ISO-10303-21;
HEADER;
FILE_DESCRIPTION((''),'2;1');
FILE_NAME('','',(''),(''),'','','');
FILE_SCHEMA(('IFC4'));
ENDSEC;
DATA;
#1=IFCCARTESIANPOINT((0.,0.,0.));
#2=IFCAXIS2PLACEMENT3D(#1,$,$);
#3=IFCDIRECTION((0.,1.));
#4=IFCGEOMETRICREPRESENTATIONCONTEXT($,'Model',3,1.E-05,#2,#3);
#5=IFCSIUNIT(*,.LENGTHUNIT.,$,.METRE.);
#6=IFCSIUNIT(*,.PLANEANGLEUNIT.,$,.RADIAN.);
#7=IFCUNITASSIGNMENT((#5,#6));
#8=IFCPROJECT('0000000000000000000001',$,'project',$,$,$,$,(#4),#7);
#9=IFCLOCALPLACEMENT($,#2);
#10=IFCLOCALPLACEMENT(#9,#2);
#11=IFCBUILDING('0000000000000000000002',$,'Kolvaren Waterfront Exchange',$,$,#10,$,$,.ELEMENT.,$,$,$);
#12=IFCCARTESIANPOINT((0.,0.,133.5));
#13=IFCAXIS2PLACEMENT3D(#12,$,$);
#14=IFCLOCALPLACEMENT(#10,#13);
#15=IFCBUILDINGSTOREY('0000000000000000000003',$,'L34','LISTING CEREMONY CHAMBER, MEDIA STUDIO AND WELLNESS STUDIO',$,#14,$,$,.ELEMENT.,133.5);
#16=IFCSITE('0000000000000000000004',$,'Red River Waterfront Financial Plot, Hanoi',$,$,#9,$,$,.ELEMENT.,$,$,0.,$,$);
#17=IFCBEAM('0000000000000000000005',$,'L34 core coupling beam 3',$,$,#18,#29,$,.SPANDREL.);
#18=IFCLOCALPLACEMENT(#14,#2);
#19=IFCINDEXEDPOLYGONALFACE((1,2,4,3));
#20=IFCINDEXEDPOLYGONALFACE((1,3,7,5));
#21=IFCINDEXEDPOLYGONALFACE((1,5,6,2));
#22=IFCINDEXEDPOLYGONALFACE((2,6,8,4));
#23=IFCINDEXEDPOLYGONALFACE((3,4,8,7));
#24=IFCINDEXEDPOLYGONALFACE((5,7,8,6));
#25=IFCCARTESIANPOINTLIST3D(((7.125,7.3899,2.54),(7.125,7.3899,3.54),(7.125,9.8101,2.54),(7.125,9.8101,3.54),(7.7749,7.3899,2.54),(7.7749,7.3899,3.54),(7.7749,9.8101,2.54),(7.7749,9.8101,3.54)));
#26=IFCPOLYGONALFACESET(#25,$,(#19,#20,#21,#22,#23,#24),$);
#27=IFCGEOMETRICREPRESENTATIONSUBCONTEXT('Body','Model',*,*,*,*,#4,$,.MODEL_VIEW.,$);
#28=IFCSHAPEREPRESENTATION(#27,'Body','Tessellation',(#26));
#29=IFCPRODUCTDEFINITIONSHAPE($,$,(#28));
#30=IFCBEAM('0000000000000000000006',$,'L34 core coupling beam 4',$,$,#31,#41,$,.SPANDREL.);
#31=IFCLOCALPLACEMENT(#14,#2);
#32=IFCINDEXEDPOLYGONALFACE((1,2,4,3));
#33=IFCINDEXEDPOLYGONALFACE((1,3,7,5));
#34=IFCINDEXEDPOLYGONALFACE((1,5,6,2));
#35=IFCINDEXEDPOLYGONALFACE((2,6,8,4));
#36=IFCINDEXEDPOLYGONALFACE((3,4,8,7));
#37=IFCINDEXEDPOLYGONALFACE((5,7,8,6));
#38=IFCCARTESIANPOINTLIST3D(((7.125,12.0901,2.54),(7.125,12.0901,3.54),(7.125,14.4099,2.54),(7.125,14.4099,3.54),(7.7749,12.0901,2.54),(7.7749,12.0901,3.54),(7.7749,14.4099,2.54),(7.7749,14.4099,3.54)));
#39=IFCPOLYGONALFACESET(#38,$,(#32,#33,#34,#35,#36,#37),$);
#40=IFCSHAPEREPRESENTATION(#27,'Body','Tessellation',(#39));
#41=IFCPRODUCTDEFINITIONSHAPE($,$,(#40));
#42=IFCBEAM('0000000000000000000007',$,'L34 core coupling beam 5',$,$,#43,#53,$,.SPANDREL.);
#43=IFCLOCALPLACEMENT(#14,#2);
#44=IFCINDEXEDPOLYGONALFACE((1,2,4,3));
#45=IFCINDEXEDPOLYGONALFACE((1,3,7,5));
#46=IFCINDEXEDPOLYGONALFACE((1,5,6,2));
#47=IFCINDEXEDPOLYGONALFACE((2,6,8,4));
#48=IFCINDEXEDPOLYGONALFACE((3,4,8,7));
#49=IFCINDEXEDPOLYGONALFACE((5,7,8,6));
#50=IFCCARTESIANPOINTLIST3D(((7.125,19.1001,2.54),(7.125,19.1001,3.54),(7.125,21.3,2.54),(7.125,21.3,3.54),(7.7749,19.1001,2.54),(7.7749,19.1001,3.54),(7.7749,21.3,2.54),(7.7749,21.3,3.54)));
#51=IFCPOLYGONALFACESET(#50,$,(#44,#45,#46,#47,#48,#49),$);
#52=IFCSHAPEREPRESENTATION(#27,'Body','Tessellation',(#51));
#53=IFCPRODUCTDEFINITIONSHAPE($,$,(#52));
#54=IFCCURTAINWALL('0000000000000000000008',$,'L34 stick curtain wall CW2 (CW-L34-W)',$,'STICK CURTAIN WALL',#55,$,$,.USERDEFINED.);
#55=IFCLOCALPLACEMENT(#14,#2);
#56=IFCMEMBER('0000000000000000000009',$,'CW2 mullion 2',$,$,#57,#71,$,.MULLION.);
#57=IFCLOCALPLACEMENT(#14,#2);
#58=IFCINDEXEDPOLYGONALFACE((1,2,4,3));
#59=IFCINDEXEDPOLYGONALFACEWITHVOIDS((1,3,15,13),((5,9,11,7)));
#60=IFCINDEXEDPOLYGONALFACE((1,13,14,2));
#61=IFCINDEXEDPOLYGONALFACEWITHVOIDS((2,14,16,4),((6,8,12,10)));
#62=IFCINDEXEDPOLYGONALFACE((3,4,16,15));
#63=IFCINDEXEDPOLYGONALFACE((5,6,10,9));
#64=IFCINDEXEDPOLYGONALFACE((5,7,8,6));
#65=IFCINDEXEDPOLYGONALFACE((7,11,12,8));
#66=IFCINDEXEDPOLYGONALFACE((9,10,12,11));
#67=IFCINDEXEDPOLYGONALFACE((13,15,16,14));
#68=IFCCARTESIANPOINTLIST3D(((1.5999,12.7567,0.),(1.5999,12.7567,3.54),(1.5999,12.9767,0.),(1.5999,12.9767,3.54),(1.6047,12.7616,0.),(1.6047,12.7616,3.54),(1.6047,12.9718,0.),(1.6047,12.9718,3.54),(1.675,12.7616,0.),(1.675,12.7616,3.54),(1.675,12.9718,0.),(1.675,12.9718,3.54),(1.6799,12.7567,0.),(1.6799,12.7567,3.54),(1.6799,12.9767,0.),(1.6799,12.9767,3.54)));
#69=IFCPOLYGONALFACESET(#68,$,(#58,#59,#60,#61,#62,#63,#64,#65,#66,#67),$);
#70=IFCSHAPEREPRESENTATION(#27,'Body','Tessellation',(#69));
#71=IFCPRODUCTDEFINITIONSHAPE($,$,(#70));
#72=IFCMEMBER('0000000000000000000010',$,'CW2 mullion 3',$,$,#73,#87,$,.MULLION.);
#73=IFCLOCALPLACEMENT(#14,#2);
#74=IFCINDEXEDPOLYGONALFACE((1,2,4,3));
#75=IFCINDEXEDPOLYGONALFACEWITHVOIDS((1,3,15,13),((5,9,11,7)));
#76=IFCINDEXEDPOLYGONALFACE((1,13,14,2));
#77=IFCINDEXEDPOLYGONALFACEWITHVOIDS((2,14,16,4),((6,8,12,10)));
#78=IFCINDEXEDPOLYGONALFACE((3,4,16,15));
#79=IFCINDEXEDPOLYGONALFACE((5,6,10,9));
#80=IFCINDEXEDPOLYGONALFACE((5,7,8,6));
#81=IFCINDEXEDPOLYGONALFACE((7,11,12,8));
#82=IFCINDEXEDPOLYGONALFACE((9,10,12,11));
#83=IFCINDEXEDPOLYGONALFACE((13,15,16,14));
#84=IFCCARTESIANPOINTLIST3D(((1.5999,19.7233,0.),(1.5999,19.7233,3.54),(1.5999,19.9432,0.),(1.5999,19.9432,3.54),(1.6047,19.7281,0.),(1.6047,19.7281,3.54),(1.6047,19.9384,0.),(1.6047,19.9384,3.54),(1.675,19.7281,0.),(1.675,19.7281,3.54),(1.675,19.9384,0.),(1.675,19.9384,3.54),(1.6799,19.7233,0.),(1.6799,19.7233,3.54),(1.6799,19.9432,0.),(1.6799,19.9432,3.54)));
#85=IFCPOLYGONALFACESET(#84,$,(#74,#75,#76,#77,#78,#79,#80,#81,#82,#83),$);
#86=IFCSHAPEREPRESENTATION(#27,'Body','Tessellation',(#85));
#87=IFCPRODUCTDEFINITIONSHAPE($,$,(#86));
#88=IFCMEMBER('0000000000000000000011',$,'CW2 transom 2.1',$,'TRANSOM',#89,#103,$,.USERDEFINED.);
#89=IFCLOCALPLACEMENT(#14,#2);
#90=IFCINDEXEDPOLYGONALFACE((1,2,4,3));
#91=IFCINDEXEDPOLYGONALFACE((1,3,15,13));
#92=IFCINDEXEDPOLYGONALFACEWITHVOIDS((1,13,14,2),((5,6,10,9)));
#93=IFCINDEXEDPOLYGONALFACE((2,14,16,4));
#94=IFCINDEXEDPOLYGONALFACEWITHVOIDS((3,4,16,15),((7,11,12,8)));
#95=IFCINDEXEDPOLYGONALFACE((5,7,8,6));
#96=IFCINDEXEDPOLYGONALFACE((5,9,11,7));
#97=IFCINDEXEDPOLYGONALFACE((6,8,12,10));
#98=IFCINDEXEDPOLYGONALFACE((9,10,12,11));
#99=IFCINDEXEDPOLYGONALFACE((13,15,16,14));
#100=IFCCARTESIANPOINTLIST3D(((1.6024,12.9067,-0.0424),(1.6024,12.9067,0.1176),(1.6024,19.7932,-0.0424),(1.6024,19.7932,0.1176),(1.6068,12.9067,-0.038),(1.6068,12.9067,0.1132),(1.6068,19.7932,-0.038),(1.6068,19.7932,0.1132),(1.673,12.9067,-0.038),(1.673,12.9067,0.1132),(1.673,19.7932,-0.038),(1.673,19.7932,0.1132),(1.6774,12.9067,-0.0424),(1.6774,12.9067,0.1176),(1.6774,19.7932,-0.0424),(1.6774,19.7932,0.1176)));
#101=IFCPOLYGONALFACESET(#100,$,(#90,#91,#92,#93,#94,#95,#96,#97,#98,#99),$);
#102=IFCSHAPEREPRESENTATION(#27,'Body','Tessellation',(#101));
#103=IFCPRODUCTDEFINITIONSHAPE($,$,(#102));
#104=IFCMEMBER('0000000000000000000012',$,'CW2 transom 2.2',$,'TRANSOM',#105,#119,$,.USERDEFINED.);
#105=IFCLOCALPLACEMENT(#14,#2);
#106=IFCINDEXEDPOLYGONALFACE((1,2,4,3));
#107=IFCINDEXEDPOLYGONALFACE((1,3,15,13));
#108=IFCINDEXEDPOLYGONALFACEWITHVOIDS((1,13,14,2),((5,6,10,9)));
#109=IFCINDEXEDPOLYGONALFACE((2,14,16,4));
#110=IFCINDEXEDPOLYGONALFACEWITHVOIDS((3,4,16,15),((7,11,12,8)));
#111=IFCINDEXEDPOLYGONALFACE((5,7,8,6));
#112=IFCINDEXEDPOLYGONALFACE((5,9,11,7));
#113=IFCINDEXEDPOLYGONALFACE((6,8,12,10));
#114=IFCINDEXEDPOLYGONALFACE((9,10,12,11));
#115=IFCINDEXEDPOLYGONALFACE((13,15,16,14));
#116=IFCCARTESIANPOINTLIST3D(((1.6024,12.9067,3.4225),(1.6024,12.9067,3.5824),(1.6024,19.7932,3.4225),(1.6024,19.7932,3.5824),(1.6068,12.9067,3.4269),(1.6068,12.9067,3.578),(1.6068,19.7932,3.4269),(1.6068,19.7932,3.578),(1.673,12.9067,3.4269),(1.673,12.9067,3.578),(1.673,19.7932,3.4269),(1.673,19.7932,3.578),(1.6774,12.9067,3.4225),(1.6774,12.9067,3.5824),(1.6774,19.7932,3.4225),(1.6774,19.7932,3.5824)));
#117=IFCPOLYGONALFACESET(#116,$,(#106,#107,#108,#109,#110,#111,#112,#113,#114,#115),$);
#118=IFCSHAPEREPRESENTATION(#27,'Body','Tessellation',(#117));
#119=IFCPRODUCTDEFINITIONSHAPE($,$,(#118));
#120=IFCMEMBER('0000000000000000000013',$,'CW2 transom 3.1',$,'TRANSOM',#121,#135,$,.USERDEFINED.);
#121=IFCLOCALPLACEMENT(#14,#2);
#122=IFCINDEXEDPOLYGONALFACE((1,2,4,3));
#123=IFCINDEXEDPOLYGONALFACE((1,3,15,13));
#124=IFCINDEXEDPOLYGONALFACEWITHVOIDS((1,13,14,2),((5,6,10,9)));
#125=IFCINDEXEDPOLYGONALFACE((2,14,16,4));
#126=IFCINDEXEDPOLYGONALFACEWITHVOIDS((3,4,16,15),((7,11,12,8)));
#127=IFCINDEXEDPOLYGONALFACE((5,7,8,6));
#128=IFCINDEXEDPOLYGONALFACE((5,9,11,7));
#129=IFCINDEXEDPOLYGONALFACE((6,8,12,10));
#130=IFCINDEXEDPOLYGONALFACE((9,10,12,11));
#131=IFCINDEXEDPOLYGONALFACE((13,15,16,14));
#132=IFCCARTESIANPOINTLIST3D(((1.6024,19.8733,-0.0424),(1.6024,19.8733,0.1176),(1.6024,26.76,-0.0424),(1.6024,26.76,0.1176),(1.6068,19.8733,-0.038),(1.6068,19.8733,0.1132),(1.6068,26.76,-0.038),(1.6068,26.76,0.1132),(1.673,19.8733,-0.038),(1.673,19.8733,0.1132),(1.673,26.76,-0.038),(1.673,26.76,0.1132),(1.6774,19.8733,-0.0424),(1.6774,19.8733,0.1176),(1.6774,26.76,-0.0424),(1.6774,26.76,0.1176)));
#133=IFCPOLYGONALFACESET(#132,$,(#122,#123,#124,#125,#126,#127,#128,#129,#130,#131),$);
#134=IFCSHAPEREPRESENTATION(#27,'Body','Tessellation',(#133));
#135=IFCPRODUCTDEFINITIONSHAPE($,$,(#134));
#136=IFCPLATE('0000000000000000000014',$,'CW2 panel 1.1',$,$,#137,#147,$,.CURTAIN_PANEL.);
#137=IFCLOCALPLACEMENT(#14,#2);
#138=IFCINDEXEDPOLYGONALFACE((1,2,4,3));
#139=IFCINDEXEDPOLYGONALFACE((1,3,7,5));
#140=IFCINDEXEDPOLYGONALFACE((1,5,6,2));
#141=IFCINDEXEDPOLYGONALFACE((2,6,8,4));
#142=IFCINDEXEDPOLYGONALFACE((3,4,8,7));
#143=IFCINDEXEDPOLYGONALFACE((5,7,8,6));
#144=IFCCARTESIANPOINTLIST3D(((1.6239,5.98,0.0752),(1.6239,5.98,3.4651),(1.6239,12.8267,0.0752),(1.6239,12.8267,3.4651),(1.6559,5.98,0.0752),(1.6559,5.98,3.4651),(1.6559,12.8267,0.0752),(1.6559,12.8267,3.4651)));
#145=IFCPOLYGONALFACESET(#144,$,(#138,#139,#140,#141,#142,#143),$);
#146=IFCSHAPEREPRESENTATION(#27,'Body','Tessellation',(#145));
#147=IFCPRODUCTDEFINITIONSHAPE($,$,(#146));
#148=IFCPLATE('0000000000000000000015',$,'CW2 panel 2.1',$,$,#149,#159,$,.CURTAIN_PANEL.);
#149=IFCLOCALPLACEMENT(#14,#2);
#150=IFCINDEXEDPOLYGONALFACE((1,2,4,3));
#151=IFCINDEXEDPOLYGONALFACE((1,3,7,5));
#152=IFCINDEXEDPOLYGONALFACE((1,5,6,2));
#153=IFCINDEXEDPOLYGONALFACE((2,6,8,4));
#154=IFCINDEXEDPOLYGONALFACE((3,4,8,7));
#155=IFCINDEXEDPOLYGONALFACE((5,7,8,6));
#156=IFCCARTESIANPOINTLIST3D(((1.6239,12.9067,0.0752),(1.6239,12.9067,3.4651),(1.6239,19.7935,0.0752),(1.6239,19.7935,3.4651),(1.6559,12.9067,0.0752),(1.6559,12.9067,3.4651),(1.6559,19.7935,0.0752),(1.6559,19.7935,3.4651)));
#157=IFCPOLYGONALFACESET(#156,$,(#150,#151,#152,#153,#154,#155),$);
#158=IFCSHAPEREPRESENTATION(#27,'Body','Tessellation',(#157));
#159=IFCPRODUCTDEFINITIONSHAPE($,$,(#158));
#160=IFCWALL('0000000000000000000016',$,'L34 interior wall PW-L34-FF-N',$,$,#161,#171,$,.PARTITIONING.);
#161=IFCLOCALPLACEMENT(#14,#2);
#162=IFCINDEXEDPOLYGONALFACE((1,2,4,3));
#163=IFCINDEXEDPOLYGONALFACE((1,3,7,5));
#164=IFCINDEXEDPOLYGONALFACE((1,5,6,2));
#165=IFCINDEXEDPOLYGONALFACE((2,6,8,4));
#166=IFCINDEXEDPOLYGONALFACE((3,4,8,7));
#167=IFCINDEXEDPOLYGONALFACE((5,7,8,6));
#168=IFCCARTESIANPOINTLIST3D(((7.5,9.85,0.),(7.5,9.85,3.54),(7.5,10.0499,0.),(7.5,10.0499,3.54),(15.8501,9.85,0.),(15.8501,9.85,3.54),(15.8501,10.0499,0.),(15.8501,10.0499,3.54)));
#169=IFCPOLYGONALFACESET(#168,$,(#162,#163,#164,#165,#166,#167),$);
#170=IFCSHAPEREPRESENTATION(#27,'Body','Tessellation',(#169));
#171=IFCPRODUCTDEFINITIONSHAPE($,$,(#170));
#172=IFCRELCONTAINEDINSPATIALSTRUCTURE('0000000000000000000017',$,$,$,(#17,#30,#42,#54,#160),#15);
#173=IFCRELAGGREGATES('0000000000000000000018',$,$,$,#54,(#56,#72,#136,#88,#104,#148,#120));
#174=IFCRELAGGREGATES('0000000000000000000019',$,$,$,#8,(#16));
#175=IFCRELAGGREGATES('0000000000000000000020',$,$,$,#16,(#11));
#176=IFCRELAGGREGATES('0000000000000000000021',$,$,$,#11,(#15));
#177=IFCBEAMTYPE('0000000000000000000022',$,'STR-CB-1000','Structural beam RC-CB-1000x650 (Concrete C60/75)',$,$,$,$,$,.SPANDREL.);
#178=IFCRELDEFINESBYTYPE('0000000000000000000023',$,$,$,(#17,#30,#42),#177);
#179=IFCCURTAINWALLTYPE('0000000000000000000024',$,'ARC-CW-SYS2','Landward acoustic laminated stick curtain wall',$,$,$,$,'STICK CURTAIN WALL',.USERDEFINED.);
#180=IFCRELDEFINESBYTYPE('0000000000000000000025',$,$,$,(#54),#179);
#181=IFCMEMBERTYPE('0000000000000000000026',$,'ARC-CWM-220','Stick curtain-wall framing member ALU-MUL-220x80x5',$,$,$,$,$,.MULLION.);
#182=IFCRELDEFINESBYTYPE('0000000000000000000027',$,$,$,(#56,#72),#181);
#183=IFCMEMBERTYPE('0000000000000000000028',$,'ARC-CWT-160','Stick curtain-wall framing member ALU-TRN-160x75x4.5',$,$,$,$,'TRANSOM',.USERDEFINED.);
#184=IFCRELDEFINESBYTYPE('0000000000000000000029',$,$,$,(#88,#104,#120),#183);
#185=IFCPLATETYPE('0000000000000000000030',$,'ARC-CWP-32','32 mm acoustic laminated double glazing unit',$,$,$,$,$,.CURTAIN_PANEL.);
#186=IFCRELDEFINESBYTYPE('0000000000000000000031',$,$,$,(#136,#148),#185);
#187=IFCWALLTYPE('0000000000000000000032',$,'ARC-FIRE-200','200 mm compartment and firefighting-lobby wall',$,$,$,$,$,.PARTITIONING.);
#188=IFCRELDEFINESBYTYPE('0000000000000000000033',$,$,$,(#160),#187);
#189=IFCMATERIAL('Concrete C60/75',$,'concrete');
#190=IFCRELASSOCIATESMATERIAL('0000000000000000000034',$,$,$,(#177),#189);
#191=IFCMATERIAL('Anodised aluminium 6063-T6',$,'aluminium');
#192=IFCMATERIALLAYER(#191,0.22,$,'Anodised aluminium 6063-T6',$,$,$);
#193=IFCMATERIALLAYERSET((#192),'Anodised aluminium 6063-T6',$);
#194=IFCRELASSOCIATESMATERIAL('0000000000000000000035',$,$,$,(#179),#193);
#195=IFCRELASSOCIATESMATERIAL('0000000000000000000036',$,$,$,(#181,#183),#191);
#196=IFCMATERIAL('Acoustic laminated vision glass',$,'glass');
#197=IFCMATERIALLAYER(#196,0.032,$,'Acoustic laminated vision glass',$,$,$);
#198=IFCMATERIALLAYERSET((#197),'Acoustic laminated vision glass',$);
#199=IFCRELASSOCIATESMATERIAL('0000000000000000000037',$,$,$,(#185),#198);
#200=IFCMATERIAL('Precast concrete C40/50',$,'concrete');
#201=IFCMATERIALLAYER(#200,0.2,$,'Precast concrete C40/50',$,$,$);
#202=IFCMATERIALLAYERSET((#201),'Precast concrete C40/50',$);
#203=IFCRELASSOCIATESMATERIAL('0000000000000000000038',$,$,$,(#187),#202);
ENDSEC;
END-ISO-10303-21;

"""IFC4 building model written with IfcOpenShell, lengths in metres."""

from ifc_helpers import new_model, si_unit, direction, frame, frame_2d, origin, origin_with_axes, origin_2d, place, context, subcontext, project, spatial, rectangle, hollow_rectangle, extrude, source, transform, mapped, material, layer, layer_set, material_profile, profile_set, type_object, element, aggregate, save


model = new_model("IFC4")

# Units and contexts
model_context = context("Model", 3, precision=1e-05, world=origin(), true_north=direction((0.0, 1.0)))
body_context = subcontext(model_context, "Body", "Model", "MODEL_VIEW")
ifc_project = project(units=[si_unit("LENGTHUNIT", "METRE"), si_unit("PLANEANGLEUNIT", "RADIAN")], contexts=[model_context])

# Site, building, storey
site_placement = place(None, origin())
site = spatial("IfcSite", under=ifc_project, at=site_placement, Name="Red River Waterfront Financial Plot, Hanoi", CompositionType="ELEMENT", RefElevation=0.0)
building_placement = place(site_placement, origin())
building = spatial("IfcBuilding", under=site, at=building_placement, Name="Kolvaren Waterfront Exchange", CompositionType="ELEMENT")
storey_placement = place(building_placement, frame((0.0, 0.0, 133.5)))
storey = spatial("IfcBuildingStorey", under=building, at=storey_placement, Name="L34", Description="LISTING CEREMONY CHAMBER, MEDIA STUDIO AND WELLNESS STUDIO", CompositionType="ELEMENT", Elevation=133.5)

# Beams
ifc_material_1 = material(Name="Concrete C60/75", Category="concrete")
ifc_material_profile_1 = material_profile(ifc_material_1, rectangle(XDim=0.6499, YDim=1.0, at=origin_2d()), Name="RC-CB-1000x650")
ifc_profile_set_1 = profile_set([ifc_material_profile_1], Name="Concrete C60/75")
beam_type = type_object("IfcBeamType", Name="STR-CB-1000", Description="Structural beam RC-CB-1000x650 (Concrete C60/75)", PredefinedType="SPANDREL", material=ifc_profile_set_1)
beam_1_placement = place(storey_placement, frame((7.45, 7.3899, 3.04), z_axis=(0.0, 1.0, 0.0), x_axis=(-1.0, 0.0, 0.0)))
element("IfcBeam", 1, at=beam_1_placement, inside=storey, type_object=beam_type, Name="L34 core coupling beam 3", PredefinedType="SPANDREL", context=body_context, shape_type="SweptSolid", body=[
    extrude(rectangle(XDim=0.6499, YDim=1.0, at=origin_2d()), origin(), (0.0, 0.0, 1.0), 2.4202),
])
beam_2_placement = place(storey_placement, frame((7.45, 12.0901, 3.04), z_axis=(0.0, 1.0, 0.0), x_axis=(-1.0, 0.0, 0.0)))
element("IfcBeam", 2, at=beam_2_placement, inside=storey, type_object=beam_type, Name="L34 core coupling beam 4", PredefinedType="SPANDREL", context=body_context, shape_type="SweptSolid", body=[
    extrude(rectangle(XDim=0.6499, YDim=1.0, at=origin_2d()), origin(), (0.0, 0.0, 1.0), 2.3198),
])
beam_3_placement = place(storey_placement, frame((7.45, 19.1001, 3.04), z_axis=(0.0, 1.0, 0.0), x_axis=(-1.0, 0.0, 0.0)))
element("IfcBeam", 3, at=beam_3_placement, inside=storey, type_object=beam_type, Name="L34 core coupling beam 5", PredefinedType="SPANDREL", context=body_context, shape_type="SweptSolid", body=[
    extrude(rectangle(XDim=0.6499, YDim=1.0, at=origin_2d()), origin(), (0.0, 0.0, 1.0), 2.2),
])

# Curtain wall, members, plates
ifc_material_2 = material(Name="Anodised aluminium 6063-T6", Category="aluminium")
ifc_layer_1 = layer(ifc_material_2, 0.22, Name="Anodised aluminium 6063-T6")
ifc_layer_set_1 = layer_set([ifc_layer_1], Name="Anodised aluminium 6063-T6")
curtain_wall_type = type_object("IfcCurtainWallType", Name="ARC-CW-SYS2", Description="Landward acoustic laminated stick curtain wall", ElementType="STICK CURTAIN WALL", PredefinedType="USERDEFINED", material=ifc_layer_set_1)
curtain_wall_placement = place(storey_placement, origin())
curtain_wall = element("IfcCurtainWall", 4, at=curtain_wall_placement, inside=storey, type_object=curtain_wall_type, Name="L34 stick curtain wall CW2 (CW-L34-W)", ObjectType="STICK CURTAIN WALL", PredefinedType="USERDEFINED")
ifc_material_profile_2 = material_profile(ifc_material_2, hollow_rectangle(XDim=0.0801, YDim=0.22, WallThickness=0.0049, at=origin_2d()), Name="ALU-MUL-220x80x5")
ifc_profile_set_2 = profile_set([ifc_material_profile_2], Name="Anodised aluminium 6063-T6")
member_type_1 = type_object("IfcMemberType", Name="ARC-CWM-220", Description="Stick curtain-wall framing member ALU-MUL-220x80x5", PredefinedType="MULLION", material=ifc_profile_set_2)
shared_shape_1 = source(origin_with_axes(), body_context, "Body", "SweptSolid", [
    extrude(hollow_rectangle(XDim=0.0801, YDim=0.22, WallThickness=0.0049, at=origin_2d()), origin(), (0.0, 0.0, 1.0), 3.54),
])
member_1_placement = place(storey_placement, frame((1.6399, 12.8667, 0.0), z_axis=(0.0, 0.0, 1.0), x_axis=(-1.0, 0.0, 0.0)))
member_1 = element("IfcMember", 5, at=member_1_placement, type_object=member_type_1, Name="CW2 mullion 2", PredefinedType="MULLION", context=body_context, shape_type="MappedRepresentation", body=[
    mapped(shared_shape_1, transform((0.0, 0.0, 0.0), x_axis=(1.0, 0.0, 0.0), y_axis=(0.0, 1.0, 0.0), z_axis=(0.0, 0.0, 1.0), scale=1.0)),
])
member_2_placement = place(storey_placement, frame((1.6399, 19.8333, 0.0), z_axis=(0.0, 0.0, 1.0), x_axis=(-1.0, 0.0, 0.0)))
member_2 = element("IfcMember", 6, at=member_2_placement, type_object=member_type_1, Name="CW2 mullion 3", PredefinedType="MULLION", context=body_context, shape_type="MappedRepresentation", body=[
    mapped(shared_shape_1, transform((0.0, 0.0, 0.0), x_axis=(1.0, 0.0, 0.0), y_axis=(0.0, 1.0, 0.0), z_axis=(0.0, 0.0, 1.0), scale=1.0)),
])
ifc_material_profile_3 = material_profile(ifc_material_2, hollow_rectangle(XDim=0.075, YDim=0.1599, WallThickness=0.0044, at=origin_2d()), Name="ALU-TRN-160x75x4.5")
ifc_profile_set_3 = profile_set([ifc_material_profile_3], Name="Anodised aluminium 6063-T6")
member_type_2 = type_object("IfcMemberType", Name="ARC-CWT-160", Description="Stick curtain-wall framing member ALU-TRN-160x75x4.5", ElementType="TRANSOM", PredefinedType="USERDEFINED", material=ifc_profile_set_3)
shared_shape_2 = source(origin_with_axes(), body_context, "Body", "SweptSolid", [
    extrude(hollow_rectangle(XDim=0.075, YDim=0.1599, WallThickness=0.0044, at=origin_2d()), origin(), (0.0, 0.0, 1.0), 6.8865),
])
member_3_placement = place(storey_placement, frame((1.6399, 12.9067, 0.0376), z_axis=(0.0, 1.0, 0.0), x_axis=(-1.0, 0.0, 0.0)))
member_3 = element("IfcMember", 7, at=member_3_placement, type_object=member_type_2, Name="CW2 transom 2.1", ObjectType="TRANSOM", PredefinedType="USERDEFINED", context=body_context, shape_type="MappedRepresentation", body=[
    mapped(shared_shape_2, transform((0.0, 0.0, 0.0), x_axis=(1.0, 0.0, 0.0), y_axis=(0.0, 1.0, 0.0), z_axis=(0.0, 0.0, 1.0), scale=1.0)),
])
member_4_placement = place(storey_placement, frame((1.6399, 12.9067, 3.5024), z_axis=(0.0, 1.0, 0.0), x_axis=(-1.0, 0.0, 0.0)))
member_4 = element("IfcMember", 8, at=member_4_placement, type_object=member_type_2, Name="CW2 transom 2.2", ObjectType="TRANSOM", PredefinedType="USERDEFINED", context=body_context, shape_type="MappedRepresentation", body=[
    mapped(shared_shape_2, transform((0.0, 0.0, 0.0), x_axis=(1.0, 0.0, 0.0), y_axis=(0.0, 1.0, 0.0), z_axis=(0.0, 0.0, 1.0), scale=1.0)),
])
shared_shape_3 = source(origin_with_axes(), body_context, "Body", "SweptSolid", [
    extrude(hollow_rectangle(XDim=0.075, YDim=0.1599, WallThickness=0.0044, at=origin_2d()), origin(), (0.0, 0.0, 1.0), 6.8867),
])
member_5_placement = place(storey_placement, frame((1.6399, 19.8733, 0.0376), z_axis=(0.0, 1.0, 0.0), x_axis=(-1.0, 0.0, 0.0)))
member_5 = element("IfcMember", 9, at=member_5_placement, type_object=member_type_2, Name="CW2 transom 3.1", ObjectType="TRANSOM", PredefinedType="USERDEFINED", context=body_context, shape_type="MappedRepresentation", body=[
    mapped(shared_shape_3, transform((0.0, 0.0, 0.0), x_axis=(1.0, 0.0, 0.0), y_axis=(0.0, 1.0, 0.0), z_axis=(0.0, 0.0, 1.0), scale=1.0)),
])
ifc_material_3 = material(Name="Acoustic laminated vision glass", Category="glass")
ifc_layer_2 = layer(ifc_material_3, 0.032, Name="Acoustic laminated vision glass")
ifc_layer_set_2 = layer_set([ifc_layer_2], Name="Acoustic laminated vision glass")
plate_type = type_object("IfcPlateType", Name="ARC-CWP-32", Description="32 mm acoustic laminated double glazing unit", PredefinedType="CURTAIN_PANEL", material=ifc_layer_set_2)
shared_shape_4 = source(origin_with_axes(), body_context, "Body", "SweptSolid", [
    extrude(rectangle(XDim=6.8467, YDim=0.032, at=origin_2d()), origin(), (0.0, 0.0, 1.0), 3.3899),
])
plate_1_placement = place(storey_placement, frame((1.6399, 9.4033, 0.0752), z_axis=(0.0, 0.0, 1.0), x_axis=(0.0, 1.0, 0.0)))
plate_1 = element("IfcPlate", 10, at=plate_1_placement, type_object=plate_type, Name="CW2 panel 1.1", PredefinedType="CURTAIN_PANEL", context=body_context, shape_type="MappedRepresentation", body=[
    mapped(shared_shape_4, transform((0.0, 0.0, 0.0), x_axis=(1.0, 0.0, 0.0), y_axis=(0.0, 1.0, 0.0), z_axis=(0.0, 0.0, 1.0), scale=1.0)),
])
shared_shape_5 = source(origin_with_axes(), body_context, "Body", "SweptSolid", [
    extrude(rectangle(XDim=6.8867, YDim=0.032, at=origin_2d()), origin(), (0.0, 0.0, 1.0), 3.3899),
])
plate_2_placement = place(storey_placement, frame((1.6399, 16.3501, 0.0752), z_axis=(0.0, 0.0, 1.0), x_axis=(0.0, 1.0, 0.0)))
plate_2 = element("IfcPlate", 11, at=plate_2_placement, type_object=plate_type, Name="CW2 panel 2.1", PredefinedType="CURTAIN_PANEL", context=body_context, shape_type="MappedRepresentation", body=[
    mapped(shared_shape_5, transform((0.0, 0.0, 0.0), x_axis=(1.0, 0.0, 0.0), y_axis=(0.0, 1.0, 0.0), z_axis=(0.0, 0.0, 1.0), scale=1.0)),
])
aggregate(curtain_wall, [member_1, member_2, plate_1, member_3, member_4, plate_2, member_5])

# Wall
ifc_material_4 = material(Name="Precast concrete C40/50", Category="concrete")
ifc_layer_3 = layer(ifc_material_4, 0.2, Name="Precast concrete C40/50")
ifc_layer_set_3 = layer_set([ifc_layer_3], Name="Precast concrete C40/50")
wall_type_1 = type_object("IfcWallType", Name="ARC-FIRE-200", Description="200 mm compartment and firefighting-lobby wall", PredefinedType="PARTITIONING", material=ifc_layer_set_3)
wall_1_placement = place(storey_placement, frame((7.5, 9.95, 0.0), z_axis=(0.0, 0.0, 1.0), x_axis=(1.0, 0.0, 0.0)))
element("IfcWall", 12, at=wall_1_placement, inside=storey, type_object=wall_type_1, Name="L34 interior wall PW-L34-FF-N", PredefinedType="PARTITIONING", context=body_context, shape_type="SweptSolid", body=[
    extrude(rectangle(XDim=8.3501, YDim=0.2, at=frame_2d((4.175, 0.0))), origin(), (0.0, 0.0, 1.0), 3.54),
])

save(model, "model.ifc")
